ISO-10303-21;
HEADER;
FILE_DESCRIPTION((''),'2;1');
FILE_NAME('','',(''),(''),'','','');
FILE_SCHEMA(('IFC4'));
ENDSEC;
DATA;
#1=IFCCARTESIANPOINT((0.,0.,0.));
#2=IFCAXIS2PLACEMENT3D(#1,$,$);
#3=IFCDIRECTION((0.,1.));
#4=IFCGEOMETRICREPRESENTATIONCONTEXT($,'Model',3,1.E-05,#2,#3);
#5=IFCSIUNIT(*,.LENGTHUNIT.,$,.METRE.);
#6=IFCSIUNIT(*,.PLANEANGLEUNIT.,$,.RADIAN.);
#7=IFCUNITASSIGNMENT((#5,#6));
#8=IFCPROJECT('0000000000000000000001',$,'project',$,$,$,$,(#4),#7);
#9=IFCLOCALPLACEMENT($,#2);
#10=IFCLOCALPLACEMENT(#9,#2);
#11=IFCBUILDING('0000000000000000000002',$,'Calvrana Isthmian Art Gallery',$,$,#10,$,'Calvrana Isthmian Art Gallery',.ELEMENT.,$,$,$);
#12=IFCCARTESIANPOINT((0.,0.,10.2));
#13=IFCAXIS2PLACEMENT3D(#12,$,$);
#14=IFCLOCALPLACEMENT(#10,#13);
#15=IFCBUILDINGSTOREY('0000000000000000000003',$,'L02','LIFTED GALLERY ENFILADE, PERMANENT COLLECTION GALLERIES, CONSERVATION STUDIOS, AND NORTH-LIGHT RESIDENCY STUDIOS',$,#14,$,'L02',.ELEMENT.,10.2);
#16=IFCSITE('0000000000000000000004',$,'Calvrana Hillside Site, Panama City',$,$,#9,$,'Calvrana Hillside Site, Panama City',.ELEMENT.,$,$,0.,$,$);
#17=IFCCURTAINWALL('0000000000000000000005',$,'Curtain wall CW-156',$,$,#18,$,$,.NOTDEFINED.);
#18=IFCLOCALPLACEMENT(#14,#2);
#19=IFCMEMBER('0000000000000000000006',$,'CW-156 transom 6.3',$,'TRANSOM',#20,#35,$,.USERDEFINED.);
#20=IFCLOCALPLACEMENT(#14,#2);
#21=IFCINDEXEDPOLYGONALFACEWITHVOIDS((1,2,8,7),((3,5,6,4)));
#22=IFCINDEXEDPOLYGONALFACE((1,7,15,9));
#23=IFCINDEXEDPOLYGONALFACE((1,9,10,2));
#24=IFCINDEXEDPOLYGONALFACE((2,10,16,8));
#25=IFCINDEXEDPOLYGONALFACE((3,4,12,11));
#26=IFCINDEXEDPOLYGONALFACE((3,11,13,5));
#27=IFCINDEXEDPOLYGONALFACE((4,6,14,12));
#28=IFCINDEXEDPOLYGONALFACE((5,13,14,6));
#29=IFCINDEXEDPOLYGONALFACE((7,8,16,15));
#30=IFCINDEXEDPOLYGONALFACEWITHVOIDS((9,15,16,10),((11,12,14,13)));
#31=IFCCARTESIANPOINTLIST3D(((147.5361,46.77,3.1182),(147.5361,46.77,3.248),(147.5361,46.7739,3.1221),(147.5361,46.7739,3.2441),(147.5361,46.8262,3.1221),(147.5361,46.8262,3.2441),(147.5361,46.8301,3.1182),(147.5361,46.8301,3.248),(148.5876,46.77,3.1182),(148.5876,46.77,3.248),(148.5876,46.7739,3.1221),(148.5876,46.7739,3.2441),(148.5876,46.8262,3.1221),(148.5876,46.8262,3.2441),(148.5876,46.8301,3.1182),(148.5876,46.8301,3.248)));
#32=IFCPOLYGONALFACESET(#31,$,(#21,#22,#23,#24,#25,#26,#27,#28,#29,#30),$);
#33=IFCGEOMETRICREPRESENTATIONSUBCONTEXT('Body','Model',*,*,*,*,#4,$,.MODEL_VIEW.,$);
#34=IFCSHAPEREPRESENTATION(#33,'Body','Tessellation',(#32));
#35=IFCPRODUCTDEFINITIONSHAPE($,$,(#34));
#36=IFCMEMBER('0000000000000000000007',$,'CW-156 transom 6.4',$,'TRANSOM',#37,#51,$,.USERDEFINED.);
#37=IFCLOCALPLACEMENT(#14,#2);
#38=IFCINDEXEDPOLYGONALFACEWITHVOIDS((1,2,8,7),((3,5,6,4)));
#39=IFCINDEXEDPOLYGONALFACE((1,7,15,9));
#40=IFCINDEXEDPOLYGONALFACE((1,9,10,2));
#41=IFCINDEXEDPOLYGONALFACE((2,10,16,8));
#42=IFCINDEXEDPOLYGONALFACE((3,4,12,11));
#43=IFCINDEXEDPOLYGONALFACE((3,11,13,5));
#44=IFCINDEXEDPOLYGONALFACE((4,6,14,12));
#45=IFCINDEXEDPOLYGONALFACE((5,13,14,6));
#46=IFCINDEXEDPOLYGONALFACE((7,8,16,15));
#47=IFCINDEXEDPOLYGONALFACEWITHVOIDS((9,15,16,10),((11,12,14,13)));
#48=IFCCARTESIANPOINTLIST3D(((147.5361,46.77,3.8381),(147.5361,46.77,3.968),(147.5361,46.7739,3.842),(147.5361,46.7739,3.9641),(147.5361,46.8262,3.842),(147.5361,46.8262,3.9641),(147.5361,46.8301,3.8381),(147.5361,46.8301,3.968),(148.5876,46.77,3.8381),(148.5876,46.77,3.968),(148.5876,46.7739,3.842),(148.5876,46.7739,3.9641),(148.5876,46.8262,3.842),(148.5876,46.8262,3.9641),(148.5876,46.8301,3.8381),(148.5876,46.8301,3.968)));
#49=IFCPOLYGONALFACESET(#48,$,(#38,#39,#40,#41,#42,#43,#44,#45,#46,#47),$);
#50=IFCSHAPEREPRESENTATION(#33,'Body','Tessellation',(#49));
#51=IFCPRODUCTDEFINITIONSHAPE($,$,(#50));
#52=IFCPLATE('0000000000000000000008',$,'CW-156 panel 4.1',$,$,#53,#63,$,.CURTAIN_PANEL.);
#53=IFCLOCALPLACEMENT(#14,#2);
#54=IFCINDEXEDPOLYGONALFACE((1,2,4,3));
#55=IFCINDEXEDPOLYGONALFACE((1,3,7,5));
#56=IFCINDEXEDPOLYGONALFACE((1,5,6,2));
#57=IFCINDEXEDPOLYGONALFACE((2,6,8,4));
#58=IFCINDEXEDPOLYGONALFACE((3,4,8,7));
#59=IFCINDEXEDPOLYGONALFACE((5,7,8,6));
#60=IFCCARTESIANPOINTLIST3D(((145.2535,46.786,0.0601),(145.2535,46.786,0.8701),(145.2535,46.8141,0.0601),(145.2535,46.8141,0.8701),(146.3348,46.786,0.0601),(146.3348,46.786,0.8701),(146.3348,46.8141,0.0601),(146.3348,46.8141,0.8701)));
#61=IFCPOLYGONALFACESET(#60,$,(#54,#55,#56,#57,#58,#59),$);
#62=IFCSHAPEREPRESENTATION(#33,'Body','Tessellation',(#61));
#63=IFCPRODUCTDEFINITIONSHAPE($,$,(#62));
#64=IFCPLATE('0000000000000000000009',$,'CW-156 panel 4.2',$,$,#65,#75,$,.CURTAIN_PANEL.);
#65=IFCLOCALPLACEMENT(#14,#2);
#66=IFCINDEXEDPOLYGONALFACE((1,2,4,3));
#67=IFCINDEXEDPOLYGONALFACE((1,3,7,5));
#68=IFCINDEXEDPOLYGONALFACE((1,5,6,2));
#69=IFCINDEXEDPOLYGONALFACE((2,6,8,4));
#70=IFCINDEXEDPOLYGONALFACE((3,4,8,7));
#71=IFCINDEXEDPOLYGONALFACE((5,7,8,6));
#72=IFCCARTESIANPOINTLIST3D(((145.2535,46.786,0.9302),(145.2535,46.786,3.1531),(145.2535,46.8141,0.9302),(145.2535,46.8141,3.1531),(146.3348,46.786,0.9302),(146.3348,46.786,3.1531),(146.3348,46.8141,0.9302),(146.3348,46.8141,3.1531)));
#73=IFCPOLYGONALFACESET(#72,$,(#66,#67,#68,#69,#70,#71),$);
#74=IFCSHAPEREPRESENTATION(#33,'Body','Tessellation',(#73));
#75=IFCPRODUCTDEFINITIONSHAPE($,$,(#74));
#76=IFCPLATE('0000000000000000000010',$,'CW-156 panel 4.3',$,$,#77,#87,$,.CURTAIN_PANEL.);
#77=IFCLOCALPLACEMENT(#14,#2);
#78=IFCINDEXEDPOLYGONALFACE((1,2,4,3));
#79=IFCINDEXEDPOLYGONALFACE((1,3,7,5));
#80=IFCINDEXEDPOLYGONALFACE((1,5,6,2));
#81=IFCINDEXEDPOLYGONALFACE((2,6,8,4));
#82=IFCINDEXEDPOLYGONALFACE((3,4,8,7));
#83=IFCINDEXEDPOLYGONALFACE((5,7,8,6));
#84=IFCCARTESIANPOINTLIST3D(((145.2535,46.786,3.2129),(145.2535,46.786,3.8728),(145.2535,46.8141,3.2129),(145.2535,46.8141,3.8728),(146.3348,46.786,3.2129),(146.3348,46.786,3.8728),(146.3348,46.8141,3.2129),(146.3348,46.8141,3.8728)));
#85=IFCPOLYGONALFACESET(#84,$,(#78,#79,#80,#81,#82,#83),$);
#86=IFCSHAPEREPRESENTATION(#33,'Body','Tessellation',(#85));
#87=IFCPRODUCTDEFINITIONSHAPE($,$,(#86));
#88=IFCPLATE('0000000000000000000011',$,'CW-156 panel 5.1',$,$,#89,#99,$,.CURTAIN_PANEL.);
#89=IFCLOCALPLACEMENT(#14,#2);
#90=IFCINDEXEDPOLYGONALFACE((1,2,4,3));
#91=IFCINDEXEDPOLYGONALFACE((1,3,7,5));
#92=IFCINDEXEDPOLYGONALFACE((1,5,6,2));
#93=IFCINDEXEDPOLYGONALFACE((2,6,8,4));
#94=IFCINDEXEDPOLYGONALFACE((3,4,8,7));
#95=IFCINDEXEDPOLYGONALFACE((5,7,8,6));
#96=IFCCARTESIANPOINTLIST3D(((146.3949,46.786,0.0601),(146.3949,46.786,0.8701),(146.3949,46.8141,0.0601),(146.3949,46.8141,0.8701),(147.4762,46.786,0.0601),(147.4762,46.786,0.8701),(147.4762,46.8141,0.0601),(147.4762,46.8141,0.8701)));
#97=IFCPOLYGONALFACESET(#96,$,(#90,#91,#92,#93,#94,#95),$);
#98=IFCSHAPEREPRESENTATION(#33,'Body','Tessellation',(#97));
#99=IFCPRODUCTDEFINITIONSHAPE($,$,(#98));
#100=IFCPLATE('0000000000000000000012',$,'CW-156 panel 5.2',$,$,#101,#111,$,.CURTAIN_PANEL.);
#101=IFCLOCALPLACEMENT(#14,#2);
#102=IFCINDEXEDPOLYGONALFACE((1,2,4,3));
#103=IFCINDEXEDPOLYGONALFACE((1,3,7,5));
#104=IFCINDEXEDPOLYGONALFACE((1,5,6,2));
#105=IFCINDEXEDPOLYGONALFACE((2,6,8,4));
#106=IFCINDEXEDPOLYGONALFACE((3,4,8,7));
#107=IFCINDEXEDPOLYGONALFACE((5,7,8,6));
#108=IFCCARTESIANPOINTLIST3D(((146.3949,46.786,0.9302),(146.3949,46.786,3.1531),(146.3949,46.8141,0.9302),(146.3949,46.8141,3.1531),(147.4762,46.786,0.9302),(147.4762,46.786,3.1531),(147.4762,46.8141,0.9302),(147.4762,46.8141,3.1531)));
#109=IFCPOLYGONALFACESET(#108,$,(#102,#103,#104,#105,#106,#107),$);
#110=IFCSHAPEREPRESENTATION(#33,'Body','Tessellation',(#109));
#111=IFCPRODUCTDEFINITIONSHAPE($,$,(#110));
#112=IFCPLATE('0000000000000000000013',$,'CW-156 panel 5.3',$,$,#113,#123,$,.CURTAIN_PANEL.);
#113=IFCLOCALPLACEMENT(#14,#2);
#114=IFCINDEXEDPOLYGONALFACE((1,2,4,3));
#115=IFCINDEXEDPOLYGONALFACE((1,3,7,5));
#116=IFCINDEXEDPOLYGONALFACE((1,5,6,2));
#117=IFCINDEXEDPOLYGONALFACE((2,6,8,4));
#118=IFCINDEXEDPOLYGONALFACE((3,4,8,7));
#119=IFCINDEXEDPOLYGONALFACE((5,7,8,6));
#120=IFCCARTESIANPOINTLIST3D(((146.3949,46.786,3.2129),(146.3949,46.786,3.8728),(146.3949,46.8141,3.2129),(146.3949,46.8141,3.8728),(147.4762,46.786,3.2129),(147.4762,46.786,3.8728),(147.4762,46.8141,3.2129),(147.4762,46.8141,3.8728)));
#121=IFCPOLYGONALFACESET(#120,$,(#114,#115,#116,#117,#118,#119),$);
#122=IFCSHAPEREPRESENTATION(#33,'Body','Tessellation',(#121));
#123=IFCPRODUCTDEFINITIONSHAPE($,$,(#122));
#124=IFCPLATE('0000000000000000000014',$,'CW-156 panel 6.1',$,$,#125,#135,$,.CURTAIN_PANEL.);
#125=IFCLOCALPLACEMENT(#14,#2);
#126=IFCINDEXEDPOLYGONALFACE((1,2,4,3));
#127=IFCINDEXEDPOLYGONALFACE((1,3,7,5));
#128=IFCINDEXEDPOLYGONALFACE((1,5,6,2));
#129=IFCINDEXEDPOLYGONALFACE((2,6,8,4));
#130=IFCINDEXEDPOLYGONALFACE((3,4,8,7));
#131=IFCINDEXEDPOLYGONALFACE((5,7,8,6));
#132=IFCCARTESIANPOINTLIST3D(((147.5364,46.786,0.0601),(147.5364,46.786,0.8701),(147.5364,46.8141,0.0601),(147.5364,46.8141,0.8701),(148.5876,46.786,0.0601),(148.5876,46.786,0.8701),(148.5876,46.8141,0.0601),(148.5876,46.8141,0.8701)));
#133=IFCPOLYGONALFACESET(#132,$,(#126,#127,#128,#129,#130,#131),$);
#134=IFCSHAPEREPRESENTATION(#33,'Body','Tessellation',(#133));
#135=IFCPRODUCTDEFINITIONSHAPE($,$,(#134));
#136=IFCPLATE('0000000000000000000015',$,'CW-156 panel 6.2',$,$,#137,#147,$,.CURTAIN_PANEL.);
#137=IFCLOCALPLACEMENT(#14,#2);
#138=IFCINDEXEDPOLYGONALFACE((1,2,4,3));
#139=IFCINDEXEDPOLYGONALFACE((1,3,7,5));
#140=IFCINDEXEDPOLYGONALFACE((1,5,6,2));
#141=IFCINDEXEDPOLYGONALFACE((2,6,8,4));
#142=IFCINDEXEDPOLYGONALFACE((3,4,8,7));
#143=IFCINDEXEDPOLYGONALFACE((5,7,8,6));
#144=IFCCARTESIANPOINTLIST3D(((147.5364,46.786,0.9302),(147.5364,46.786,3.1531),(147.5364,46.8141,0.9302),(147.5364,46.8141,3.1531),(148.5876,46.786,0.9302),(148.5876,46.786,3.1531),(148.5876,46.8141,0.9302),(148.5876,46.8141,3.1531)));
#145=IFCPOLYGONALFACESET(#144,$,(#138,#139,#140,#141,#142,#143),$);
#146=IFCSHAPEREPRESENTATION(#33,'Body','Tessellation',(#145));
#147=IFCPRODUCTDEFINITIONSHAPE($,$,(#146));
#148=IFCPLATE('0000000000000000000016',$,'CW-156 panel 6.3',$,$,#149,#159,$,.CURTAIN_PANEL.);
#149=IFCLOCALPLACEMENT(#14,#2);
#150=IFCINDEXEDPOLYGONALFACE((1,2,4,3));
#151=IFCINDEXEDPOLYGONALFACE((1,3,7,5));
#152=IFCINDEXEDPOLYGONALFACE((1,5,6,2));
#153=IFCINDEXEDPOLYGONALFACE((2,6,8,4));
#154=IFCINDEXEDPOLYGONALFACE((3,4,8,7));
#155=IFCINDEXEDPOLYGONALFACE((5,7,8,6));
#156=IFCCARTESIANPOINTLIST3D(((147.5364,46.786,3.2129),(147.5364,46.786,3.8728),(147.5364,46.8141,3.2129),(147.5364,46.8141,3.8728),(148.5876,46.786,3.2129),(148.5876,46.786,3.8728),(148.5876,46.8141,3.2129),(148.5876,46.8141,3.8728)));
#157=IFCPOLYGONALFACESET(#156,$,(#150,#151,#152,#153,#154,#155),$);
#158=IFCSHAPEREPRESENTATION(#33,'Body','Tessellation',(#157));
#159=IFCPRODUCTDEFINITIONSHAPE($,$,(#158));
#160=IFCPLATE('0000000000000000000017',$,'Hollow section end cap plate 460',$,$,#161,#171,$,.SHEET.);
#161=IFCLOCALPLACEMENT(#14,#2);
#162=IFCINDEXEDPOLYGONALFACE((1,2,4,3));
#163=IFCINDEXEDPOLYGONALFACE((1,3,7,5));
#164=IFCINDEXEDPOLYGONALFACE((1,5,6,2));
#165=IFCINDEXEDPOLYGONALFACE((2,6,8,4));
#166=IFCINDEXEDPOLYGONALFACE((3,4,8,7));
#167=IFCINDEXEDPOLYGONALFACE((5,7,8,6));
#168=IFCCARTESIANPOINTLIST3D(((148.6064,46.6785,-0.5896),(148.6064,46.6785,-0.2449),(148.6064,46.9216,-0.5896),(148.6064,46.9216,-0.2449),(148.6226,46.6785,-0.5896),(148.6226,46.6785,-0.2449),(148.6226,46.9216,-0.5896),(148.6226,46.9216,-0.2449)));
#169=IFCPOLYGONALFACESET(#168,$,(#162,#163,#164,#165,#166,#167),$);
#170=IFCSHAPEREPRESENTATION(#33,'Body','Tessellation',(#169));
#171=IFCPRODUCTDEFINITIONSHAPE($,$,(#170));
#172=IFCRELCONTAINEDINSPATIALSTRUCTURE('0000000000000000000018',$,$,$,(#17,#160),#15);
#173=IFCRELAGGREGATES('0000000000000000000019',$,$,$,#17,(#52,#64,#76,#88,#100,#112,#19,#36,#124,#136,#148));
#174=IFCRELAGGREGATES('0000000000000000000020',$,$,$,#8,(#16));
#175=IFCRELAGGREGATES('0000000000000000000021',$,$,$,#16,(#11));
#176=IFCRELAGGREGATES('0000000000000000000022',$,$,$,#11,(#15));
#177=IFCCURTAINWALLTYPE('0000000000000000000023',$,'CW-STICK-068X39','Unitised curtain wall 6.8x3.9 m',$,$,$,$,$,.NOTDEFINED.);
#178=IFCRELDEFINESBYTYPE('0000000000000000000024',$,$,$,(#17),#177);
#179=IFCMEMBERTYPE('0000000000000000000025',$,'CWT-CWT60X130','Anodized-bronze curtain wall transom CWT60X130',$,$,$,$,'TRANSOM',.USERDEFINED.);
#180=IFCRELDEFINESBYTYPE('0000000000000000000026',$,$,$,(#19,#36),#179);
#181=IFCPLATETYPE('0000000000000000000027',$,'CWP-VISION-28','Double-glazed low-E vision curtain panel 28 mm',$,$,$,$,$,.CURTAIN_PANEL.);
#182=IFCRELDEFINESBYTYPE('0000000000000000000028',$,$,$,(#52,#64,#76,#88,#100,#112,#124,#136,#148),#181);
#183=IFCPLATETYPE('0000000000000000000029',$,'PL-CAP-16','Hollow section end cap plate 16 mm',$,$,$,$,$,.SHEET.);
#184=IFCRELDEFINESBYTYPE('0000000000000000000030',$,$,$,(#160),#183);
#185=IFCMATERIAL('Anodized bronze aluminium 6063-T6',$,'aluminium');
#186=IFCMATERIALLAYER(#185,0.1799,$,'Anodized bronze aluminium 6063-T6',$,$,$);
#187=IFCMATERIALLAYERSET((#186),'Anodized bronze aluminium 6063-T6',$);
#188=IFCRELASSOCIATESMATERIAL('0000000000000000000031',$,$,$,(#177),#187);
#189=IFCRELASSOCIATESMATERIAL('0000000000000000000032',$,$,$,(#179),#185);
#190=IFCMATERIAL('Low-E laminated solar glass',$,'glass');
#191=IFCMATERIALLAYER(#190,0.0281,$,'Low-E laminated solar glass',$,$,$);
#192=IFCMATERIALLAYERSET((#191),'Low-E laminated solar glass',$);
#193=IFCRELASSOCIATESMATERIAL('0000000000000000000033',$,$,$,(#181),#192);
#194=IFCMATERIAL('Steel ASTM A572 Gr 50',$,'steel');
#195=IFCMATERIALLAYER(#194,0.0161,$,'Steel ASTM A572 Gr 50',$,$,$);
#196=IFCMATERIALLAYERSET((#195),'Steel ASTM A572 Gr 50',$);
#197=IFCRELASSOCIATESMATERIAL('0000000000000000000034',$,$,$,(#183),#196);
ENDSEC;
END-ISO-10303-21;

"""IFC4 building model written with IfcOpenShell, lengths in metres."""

from ifc_helpers import new_model, si_unit, direction, frame, origin, origin_2d, place, context, subcontext, project, spatial, rectangle, hollow_rectangle, extrude, material, layer, layer_set, material_profile, profile_set, type_object, element, aggregate, save


model = new_model("IFC4")

# Units and contexts
model_context = context("Model", 3, precision=1e-05, world=origin(), true_north=direction((0.0, 1.0)))
body_context = subcontext(model_context, "Body", "Model", "MODEL_VIEW")
ifc_project = project(units=[si_unit("LENGTHUNIT", "METRE"), si_unit("PLANEANGLEUNIT", "RADIAN")], contexts=[model_context])

# Site, building, storey
site_placement = place(None, origin())
site = spatial("IfcSite", under=ifc_project, at=site_placement, Name="Calvrana Hillside Site, Panama City", LongName="Calvrana Hillside Site, Panama City", CompositionType="ELEMENT", RefElevation=0.0)
building_placement = place(site_placement, origin())
building = spatial("IfcBuilding", under=site, at=building_placement, Name="Calvrana Isthmian Art Gallery", LongName="Calvrana Isthmian Art Gallery", CompositionType="ELEMENT")
storey_placement = place(building_placement, frame((0.0, 0.0, 10.2)))
storey = spatial("IfcBuildingStorey", under=building, at=storey_placement, Name="L02", Description="LIFTED GALLERY ENFILADE, PERMANENT COLLECTION GALLERIES, CONSERVATION STUDIOS, AND NORTH-LIGHT RESIDENCY STUDIOS", LongName="L02", CompositionType="ELEMENT", Elevation=10.2)

# Curtain wall, members, plates
ifc_material_1 = material(Name="Anodized bronze aluminium 6063-T6", Category="aluminium")
ifc_layer_1 = layer(ifc_material_1, 0.1799, Name="Anodized bronze aluminium 6063-T6")
ifc_layer_set_1 = layer_set([ifc_layer_1], Name="Anodized bronze aluminium 6063-T6")
curtain_wall_type = type_object("IfcCurtainWallType", Name="CW-STICK-068X39", Description="Unitised curtain wall 6.8x3.9 m", PredefinedType="NOTDEFINED", material=ifc_layer_set_1)
curtain_wall_placement = place(storey_placement, origin())
curtain_wall = element("IfcCurtainWall", 1, at=curtain_wall_placement, inside=storey, type_object=curtain_wall_type, Name="Curtain wall CW-156", PredefinedType="NOTDEFINED")
ifc_material_profile_1 = material_profile(ifc_material_1, hollow_rectangle(XDim=0.0601, YDim=0.1299, WallThickness=0.0039, at=origin_2d()), Name="CWT60X130")
ifc_profile_set_1 = profile_set([ifc_material_profile_1], Name="Anodized bronze aluminium 6063-T6")
member_type_1 = type_object("IfcMemberType", Name="CWT-CWT60X130", Description="Anodized-bronze curtain wall transom CWT60X130", ElementType="TRANSOM", PredefinedType="USERDEFINED", material=ifc_profile_set_1)
member_1_placement = place(storey_placement, frame((147.5361, 46.8, 3.1831), z_axis=(1.0, 0.0, 0.0), x_axis=(0.0, 1.0, 0.0)))
member_1 = element("IfcMember", 2, at=member_1_placement, type_object=member_type_1, Name="CW-156 transom 6.3", ObjectType="TRANSOM", PredefinedType="USERDEFINED", context=body_context, shape_type="SweptSolid", body=[
    extrude(hollow_rectangle(XDim=0.0601, YDim=0.1299, WallThickness=0.0039, at=origin_2d()), origin(), (0.0, 0.0, 1.0), 1.0515),
])
member_2_placement = place(storey_placement, frame((147.5361, 46.8, 3.9031), z_axis=(1.0, 0.0, 0.0), x_axis=(0.0, 1.0, 0.0)))
member_2 = element("IfcMember", 3, at=member_2_placement, type_object=member_type_1, Name="CW-156 transom 6.4", ObjectType="TRANSOM", PredefinedType="USERDEFINED", context=body_context, shape_type="SweptSolid", body=[
    extrude(hollow_rectangle(XDim=0.0601, YDim=0.1299, WallThickness=0.0039, at=origin_2d()), origin(), (0.0, 0.0, 1.0), 1.0515),
])
ifc_material_2 = material(Name="Low-E laminated solar glass", Category="glass")
ifc_layer_2 = layer(ifc_material_2, 0.0281, Name="Low-E laminated solar glass")
ifc_layer_set_2 = layer_set([ifc_layer_2], Name="Low-E laminated solar glass")
plate_type_1 = type_object("IfcPlateType", Name="CWP-VISION-28", Description="Double-glazed low-E vision curtain panel 28 mm", PredefinedType="CURTAIN_PANEL", material=ifc_layer_set_2)
plate_1_placement = place(storey_placement, frame((145.7942, 46.8, 0.0601), z_axis=(0.0, 0.0, 1.0), x_axis=(1.0, 0.0, 0.0)))
plate_1 = element("IfcPlate", 4, at=plate_1_placement, type_object=plate_type_1, Name="CW-156 panel 4.1", PredefinedType="CURTAIN_PANEL", context=body_context, shape_type="SweptSolid", body=[
    extrude(rectangle(XDim=1.0813, YDim=0.0281, at=origin_2d()), origin(), (0.0, 0.0, 1.0), 0.8101),
])
plate_2_placement = place(storey_placement, frame((145.7942, 46.8, 0.9302), z_axis=(0.0, 0.0, 1.0), x_axis=(1.0, 0.0, 0.0)))
plate_2 = element("IfcPlate", 5, at=plate_2_placement, type_object=plate_type_1, Name="CW-156 panel 4.2", PredefinedType="CURTAIN_PANEL", context=body_context, shape_type="SweptSolid", body=[
    extrude(rectangle(XDim=1.0813, YDim=0.0281, at=origin_2d()), origin(), (0.0, 0.0, 1.0), 2.2229),
])
plate_3_placement = place(storey_placement, frame((145.7942, 46.8, 3.2129), z_axis=(0.0, 0.0, 1.0), x_axis=(1.0, 0.0, 0.0)))
plate_3 = element("IfcPlate", 6, at=plate_3_placement, type_object=plate_type_1, Name="CW-156 panel 4.3", PredefinedType="CURTAIN_PANEL", context=body_context, shape_type="SweptSolid", body=[
    extrude(rectangle(XDim=1.0813, YDim=0.0281, at=origin_2d()), origin(), (0.0, 0.0, 1.0), 0.6599),
])
plate_4_placement = place(storey_placement, frame((146.9355, 46.8, 0.0601), z_axis=(0.0, 0.0, 1.0), x_axis=(1.0, 0.0, 0.0)))
plate_4 = element("IfcPlate", 7, at=plate_4_placement, type_object=plate_type_1, Name="CW-156 panel 5.1", PredefinedType="CURTAIN_PANEL", context=body_context, shape_type="SweptSolid", body=[
    extrude(rectangle(XDim=1.0813, YDim=0.0281, at=origin_2d()), origin(), (0.0, 0.0, 1.0), 0.8101),
])
plate_5_placement = place(storey_placement, frame((146.9355, 46.8, 0.9302), z_axis=(0.0, 0.0, 1.0), x_axis=(1.0, 0.0, 0.0)))
plate_5 = element("IfcPlate", 8, at=plate_5_placement, type_object=plate_type_1, Name="CW-156 panel 5.2", PredefinedType="CURTAIN_PANEL", context=body_context, shape_type="SweptSolid", body=[
    extrude(rectangle(XDim=1.0813, YDim=0.0281, at=origin_2d()), origin(), (0.0, 0.0, 1.0), 2.2229),
])
plate_6_placement = place(storey_placement, frame((146.9355, 46.8, 3.2129), z_axis=(0.0, 0.0, 1.0), x_axis=(1.0, 0.0, 0.0)))
plate_6 = element("IfcPlate", 9, at=plate_6_placement, type_object=plate_type_1, Name="CW-156 panel 5.3", PredefinedType="CURTAIN_PANEL", context=body_context, shape_type="SweptSolid", body=[
    extrude(rectangle(XDim=1.0813, YDim=0.0281, at=origin_2d()), origin(), (0.0, 0.0, 1.0), 0.6599),
])
plate_7_placement = place(storey_placement, frame((148.062, 46.8, 0.0601), z_axis=(0.0, 0.0, 1.0), x_axis=(1.0, 0.0, 0.0)))
plate_7 = element("IfcPlate", 10, at=plate_7_placement, type_object=plate_type_1, Name="CW-156 panel 6.1", PredefinedType="CURTAIN_PANEL", context=body_context, shape_type="SweptSolid", body=[
    extrude(rectangle(XDim=1.0513, YDim=0.0281, at=origin_2d()), origin(), (0.0, 0.0, 1.0), 0.8101),
])
plate_8_placement = place(storey_placement, frame((148.062, 46.8, 0.9302), z_axis=(0.0, 0.0, 1.0), x_axis=(1.0, 0.0, 0.0)))
plate_8 = element("IfcPlate", 11, at=plate_8_placement, type_object=plate_type_1, Name="CW-156 panel 6.2", PredefinedType="CURTAIN_PANEL", context=body_context, shape_type="SweptSolid", body=[
    extrude(rectangle(XDim=1.0513, YDim=0.0281, at=origin_2d()), origin(), (0.0, 0.0, 1.0), 2.2229),
])
plate_9_placement = place(storey_placement, frame((148.062, 46.8, 3.2129), z_axis=(0.0, 0.0, 1.0), x_axis=(1.0, 0.0, 0.0)))
plate_9 = element("IfcPlate", 12, at=plate_9_placement, type_object=plate_type_1, Name="CW-156 panel 6.3", PredefinedType="CURTAIN_PANEL", context=body_context, shape_type="SweptSolid", body=[
    extrude(rectangle(XDim=1.0513, YDim=0.0281, at=origin_2d()), origin(), (0.0, 0.0, 1.0), 0.6599),
])
aggregate(curtain_wall, [plate_1, plate_2, plate_3, plate_4, plate_5, plate_6, member_1, member_2, plate_7, plate_8, plate_9])

# Plate
ifc_material_3 = material(Name="Steel ASTM A572 Gr 50", Category="steel")
ifc_layer_3 = layer(ifc_material_3, 0.0161, Name="Steel ASTM A572 Gr 50")
ifc_layer_set_3 = layer_set([ifc_layer_3], Name="Steel ASTM A572 Gr 50")
plate_type_2 = type_object("IfcPlateType", Name="PL-CAP-16", Description="Hollow section end cap plate 16 mm", PredefinedType="SHEET", material=ifc_layer_set_3)
plate_10_placement = place(storey_placement, frame((148.6145, 46.8, -0.5896), z_axis=(0.0, 0.0, 1.0), x_axis=(1.0, 0.0, 0.0)))
element("IfcPlate", 13, at=plate_10_placement, inside=storey, type_object=plate_type_2, Name="Hollow section end cap plate 460", PredefinedType="SHEET", context=body_context, shape_type="SweptSolid", body=[
    extrude(rectangle(XDim=0.0161, YDim=0.2432, at=origin_2d()), origin(), (0.0, 0.0, 1.0), 0.3447),
])

save(model, "model.ifc")
